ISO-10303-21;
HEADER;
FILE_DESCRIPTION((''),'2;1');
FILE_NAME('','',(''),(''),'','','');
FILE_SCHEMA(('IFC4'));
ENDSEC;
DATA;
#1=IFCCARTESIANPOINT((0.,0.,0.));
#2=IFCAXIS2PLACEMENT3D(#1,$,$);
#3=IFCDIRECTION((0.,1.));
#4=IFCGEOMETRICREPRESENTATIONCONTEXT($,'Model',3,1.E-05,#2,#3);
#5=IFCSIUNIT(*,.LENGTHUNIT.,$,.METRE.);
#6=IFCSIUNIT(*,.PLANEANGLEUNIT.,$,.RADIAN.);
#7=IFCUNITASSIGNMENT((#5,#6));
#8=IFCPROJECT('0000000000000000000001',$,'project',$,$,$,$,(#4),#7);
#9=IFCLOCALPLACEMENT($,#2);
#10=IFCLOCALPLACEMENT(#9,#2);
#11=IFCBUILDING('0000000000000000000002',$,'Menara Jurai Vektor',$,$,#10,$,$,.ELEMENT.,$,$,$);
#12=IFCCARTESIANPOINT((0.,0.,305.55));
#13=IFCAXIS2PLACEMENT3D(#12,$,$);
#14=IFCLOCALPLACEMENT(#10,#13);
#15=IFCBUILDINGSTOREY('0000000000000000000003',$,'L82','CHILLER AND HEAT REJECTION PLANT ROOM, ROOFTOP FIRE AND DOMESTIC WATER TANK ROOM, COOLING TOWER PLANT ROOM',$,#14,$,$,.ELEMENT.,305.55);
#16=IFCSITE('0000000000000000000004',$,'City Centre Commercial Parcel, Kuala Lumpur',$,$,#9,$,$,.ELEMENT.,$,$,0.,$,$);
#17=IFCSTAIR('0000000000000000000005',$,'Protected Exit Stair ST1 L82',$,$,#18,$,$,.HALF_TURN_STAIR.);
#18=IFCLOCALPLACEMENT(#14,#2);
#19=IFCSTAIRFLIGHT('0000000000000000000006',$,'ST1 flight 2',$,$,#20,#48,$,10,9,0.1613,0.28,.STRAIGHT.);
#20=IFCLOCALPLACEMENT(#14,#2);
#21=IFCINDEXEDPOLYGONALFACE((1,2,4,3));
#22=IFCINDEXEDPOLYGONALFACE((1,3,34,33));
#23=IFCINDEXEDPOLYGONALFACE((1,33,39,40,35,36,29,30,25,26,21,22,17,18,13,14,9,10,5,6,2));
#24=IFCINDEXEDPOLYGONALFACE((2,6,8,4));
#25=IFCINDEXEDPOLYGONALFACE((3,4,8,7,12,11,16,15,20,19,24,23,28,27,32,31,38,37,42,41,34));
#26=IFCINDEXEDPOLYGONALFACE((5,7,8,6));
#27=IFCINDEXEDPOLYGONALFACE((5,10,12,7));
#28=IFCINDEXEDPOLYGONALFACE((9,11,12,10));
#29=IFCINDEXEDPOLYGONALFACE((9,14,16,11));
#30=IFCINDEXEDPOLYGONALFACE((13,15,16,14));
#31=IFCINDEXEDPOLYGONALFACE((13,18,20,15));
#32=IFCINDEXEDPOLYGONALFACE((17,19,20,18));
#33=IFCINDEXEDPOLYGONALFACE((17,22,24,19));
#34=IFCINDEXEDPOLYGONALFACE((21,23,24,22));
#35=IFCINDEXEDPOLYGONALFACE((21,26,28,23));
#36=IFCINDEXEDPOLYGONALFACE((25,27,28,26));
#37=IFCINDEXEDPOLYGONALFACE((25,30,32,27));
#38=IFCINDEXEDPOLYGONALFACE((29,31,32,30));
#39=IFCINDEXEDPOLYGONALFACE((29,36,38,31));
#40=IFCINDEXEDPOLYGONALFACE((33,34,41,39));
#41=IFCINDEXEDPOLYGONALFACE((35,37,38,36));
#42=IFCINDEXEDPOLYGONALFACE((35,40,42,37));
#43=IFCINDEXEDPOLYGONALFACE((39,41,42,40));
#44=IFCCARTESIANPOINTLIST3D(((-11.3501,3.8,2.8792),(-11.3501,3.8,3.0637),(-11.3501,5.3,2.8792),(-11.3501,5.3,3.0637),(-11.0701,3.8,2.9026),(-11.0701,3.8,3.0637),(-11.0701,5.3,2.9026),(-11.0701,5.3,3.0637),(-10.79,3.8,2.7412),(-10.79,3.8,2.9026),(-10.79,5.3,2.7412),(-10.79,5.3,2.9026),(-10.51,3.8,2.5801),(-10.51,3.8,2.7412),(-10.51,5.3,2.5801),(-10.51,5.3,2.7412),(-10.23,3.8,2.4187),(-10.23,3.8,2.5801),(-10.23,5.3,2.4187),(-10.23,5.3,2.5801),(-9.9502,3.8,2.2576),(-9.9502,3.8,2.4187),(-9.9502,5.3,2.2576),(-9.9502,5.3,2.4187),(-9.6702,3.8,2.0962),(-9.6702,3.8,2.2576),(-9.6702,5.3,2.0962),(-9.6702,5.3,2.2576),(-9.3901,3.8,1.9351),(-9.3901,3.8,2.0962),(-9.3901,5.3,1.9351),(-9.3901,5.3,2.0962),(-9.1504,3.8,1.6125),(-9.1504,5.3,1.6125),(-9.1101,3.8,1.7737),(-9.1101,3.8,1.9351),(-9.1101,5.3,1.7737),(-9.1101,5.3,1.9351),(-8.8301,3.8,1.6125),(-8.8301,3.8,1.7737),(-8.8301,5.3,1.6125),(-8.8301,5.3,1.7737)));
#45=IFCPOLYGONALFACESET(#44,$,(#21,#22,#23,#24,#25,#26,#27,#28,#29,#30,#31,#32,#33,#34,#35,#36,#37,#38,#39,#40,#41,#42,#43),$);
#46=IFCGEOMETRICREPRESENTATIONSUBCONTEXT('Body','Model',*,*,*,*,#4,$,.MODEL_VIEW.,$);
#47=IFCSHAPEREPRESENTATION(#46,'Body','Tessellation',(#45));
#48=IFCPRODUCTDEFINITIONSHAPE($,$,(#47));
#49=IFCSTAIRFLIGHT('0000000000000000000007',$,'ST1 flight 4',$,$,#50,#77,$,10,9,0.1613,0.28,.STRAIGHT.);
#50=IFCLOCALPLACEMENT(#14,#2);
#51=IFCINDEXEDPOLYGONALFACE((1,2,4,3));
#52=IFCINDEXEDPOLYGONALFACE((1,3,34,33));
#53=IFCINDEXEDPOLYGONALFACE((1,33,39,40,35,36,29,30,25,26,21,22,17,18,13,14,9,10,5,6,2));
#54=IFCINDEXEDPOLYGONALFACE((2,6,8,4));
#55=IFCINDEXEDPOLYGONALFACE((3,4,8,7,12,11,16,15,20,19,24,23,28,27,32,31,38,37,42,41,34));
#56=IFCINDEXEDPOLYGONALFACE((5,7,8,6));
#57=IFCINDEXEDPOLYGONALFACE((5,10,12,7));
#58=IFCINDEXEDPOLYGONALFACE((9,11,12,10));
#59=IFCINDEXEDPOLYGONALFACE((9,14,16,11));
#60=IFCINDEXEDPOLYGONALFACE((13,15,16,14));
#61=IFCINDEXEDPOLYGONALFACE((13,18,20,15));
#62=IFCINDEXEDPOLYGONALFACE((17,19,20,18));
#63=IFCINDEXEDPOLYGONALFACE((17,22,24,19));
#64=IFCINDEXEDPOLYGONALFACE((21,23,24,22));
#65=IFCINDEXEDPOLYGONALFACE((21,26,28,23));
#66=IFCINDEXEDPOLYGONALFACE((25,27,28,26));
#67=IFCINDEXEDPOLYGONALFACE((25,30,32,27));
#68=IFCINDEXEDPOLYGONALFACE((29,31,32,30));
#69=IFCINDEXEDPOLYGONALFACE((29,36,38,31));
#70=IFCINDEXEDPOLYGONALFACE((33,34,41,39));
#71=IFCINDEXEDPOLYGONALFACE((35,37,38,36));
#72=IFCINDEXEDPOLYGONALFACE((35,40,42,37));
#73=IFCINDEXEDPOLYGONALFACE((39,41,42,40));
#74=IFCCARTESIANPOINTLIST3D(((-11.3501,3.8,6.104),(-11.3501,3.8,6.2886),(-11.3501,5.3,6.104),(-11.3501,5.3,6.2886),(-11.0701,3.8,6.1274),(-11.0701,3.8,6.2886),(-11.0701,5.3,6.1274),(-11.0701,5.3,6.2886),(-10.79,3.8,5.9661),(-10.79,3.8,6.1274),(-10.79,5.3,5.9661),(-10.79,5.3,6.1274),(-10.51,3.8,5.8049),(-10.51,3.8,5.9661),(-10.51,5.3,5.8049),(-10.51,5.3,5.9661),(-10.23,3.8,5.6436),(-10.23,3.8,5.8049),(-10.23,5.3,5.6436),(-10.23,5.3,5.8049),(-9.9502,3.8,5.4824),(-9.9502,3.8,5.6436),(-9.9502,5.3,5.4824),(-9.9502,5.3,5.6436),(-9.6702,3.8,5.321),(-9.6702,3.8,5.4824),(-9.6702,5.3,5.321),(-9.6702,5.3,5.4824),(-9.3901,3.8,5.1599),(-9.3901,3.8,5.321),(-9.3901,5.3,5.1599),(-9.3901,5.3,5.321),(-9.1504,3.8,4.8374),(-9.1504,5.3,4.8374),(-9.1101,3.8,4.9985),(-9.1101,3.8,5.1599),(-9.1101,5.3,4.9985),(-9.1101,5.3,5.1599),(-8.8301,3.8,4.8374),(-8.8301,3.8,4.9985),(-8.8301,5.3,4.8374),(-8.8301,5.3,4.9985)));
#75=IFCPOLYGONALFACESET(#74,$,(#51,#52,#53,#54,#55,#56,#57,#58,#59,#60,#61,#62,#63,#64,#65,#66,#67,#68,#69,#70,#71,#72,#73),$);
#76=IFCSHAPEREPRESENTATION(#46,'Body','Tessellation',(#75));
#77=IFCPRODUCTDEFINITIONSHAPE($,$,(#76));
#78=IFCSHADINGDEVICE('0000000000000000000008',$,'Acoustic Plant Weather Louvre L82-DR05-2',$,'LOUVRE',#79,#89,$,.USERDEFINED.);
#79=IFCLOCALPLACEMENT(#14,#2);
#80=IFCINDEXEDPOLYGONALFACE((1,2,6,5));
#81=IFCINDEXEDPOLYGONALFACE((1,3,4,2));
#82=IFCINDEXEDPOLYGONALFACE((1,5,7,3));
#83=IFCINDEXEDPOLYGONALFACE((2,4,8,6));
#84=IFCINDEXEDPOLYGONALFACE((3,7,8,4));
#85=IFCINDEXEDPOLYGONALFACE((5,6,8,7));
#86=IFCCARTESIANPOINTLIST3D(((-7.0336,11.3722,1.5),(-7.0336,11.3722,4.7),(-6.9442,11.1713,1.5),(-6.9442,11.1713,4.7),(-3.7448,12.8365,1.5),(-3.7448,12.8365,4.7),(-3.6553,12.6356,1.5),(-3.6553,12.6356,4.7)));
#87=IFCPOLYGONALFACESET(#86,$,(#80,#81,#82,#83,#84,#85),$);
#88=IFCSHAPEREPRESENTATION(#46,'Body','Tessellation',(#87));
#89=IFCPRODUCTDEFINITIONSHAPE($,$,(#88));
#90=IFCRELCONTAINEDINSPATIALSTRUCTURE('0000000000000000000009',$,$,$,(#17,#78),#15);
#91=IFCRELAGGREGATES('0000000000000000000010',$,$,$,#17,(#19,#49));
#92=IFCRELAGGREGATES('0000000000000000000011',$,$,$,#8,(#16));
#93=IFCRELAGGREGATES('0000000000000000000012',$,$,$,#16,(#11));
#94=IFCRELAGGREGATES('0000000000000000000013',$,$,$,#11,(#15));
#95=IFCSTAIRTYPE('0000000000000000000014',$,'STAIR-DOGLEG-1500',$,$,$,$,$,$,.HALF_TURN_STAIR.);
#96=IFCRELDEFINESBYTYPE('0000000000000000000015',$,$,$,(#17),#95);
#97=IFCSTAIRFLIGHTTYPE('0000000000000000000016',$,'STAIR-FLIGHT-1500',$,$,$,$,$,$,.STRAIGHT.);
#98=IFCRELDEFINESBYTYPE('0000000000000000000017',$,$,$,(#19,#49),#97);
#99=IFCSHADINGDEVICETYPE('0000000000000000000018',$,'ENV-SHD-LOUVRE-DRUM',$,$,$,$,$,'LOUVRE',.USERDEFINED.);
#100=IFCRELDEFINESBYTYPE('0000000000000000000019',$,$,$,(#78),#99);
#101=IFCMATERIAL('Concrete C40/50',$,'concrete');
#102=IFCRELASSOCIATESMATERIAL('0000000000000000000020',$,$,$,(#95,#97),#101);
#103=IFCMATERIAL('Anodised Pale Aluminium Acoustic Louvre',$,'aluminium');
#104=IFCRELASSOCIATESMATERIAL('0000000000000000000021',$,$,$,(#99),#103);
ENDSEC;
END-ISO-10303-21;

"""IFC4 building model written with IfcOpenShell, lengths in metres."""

from ifc_helpers import new_model, si_unit, direction, frame, origin, origin_2d, place, context, subcontext, project, spatial, polyline, rectangle, outline, extrude, material, type_object, element, aggregate, save


model = new_model("IFC4")

# Units and contexts
model_context = context("Model", 3, precision=1e-05, world=origin(), true_north=direction((0.0, 1.0)))
body_context = subcontext(model_context, "Body", "Model", "MODEL_VIEW")
ifc_project = project(units=[si_unit("LENGTHUNIT", "METRE"), si_unit("PLANEANGLEUNIT", "RADIAN")], contexts=[model_context])

# Site, building, storey
site_placement = place(None, origin())
site = spatial("IfcSite", under=ifc_project, at=site_placement, Name="City Centre Commercial Parcel, Kuala Lumpur", CompositionType="ELEMENT", RefElevation=0.0)
building_placement = place(site_placement, origin())
building = spatial("IfcBuilding", under=site, at=building_placement, Name="Menara Jurai Vektor", CompositionType="ELEMENT")
storey_placement = place(building_placement, frame((0.0, 0.0, 305.55)))
storey = spatial("IfcBuildingStorey", under=building, at=storey_placement, Name="L82", Description="CHILLER AND HEAT REJECTION PLANT ROOM, ROOFTOP FIRE AND DOMESTIC WATER TANK ROOM, COOLING TOWER PLANT ROOM", CompositionType="ELEMENT", Elevation=305.55)

# Shared definitions
ifc_material_1 = material(Name="Concrete C40/50", Category="concrete")

# Stair, stair flights
stair_type = type_object("IfcStairType", Name="STAIR-DOGLEG-1500", PredefinedType="HALF_TURN_STAIR", material=ifc_material_1)
stair_placement = place(storey_placement, origin())
stair = element("IfcStair", 1, at=stair_placement, inside=storey, type_object=stair_type, Name="Protected Exit Stair ST1 L82", PredefinedType="HALF_TURN_STAIR")
stair_flight_type = type_object("IfcStairFlightType", Name="STAIR-FLIGHT-1500", PredefinedType="STRAIGHT", material=ifc_material_1)
stair_flight_1_placement = place(storey_placement, frame((-8.8301, 4.55, 1.6125), z_axis=(0.0, 0.0, 1.0), x_axis=(-1.0, 0.0, 0.0)))
stair_flight_1 = element("IfcStairFlight", 2, at=stair_flight_1_placement, type_object=stair_flight_type, Name="ST1 flight 2", NumberOfRisers=10, NumberOfTreads=9, PredefinedType="STRAIGHT", RiserHeight=0.1613, TreadLength=0.28, context=body_context, shape_type="SweptSolid", body=[
    extrude(outline(polyline([(0.0, 0.0), (0.0, 0.1611), (0.28, 0.1611), (0.28, 0.3225), (0.5601, 0.3225), (0.5601, 0.4836), (0.8401, 0.4836), (0.8401, 0.645), (1.1201, 0.645), (1.1201, 0.8062), (1.3999, 0.8062), (1.3999, 0.9675), (1.6799, 0.9675), (1.6799, 1.1287), (1.96, 1.1287), (1.96, 1.29), (2.24, 1.29), (2.24, 1.4512), (2.52, 1.4512), (2.52, 1.6125), (2.52, 1.2666), (0.3203, 0.0), (0.0, 0.0)])), frame((0.0, 0.75, 0.0), z_axis=(0.0, -1.0, 0.0), x_axis=(1.0, 0.0, 0.0)), (0.0, 0.0, 1.0), 1.5),
])
stair_flight_2_placement = place(storey_placement, frame((-8.8301, 4.55, 4.8374), z_axis=(0.0, 0.0, 1.0), x_axis=(-1.0, 0.0, 0.0)))
stair_flight_2 = element("IfcStairFlight", 3, at=stair_flight_2_placement, type_object=stair_flight_type, Name="ST1 flight 4", NumberOfRisers=10, NumberOfTreads=9, PredefinedType="STRAIGHT", RiserHeight=0.1613, TreadLength=0.28, context=body_context, shape_type="SweptSolid", body=[
    extrude(outline(polyline([(0.0, 0.0), (0.0, 0.1611), (0.28, 0.1611), (0.28, 0.3225), (0.5601, 0.3225), (0.5601, 0.4836), (0.8401, 0.4836), (0.8401, 0.645), (1.1201, 0.645), (1.1201, 0.8062), (1.3999, 0.8062), (1.3999, 0.9675), (1.6799, 0.9675), (1.6799, 1.1287), (1.96, 1.1287), (1.96, 1.29), (2.24, 1.29), (2.24, 1.4512), (2.52, 1.4512), (2.52, 1.6125), (2.52, 1.2666), (0.3203, 0.0), (0.0, 0.0)])), frame((0.0, 0.75, 0.0), z_axis=(0.0, -1.0, 0.0), x_axis=(1.0, 0.0, 0.0)), (0.0, 0.0, 1.0), 1.5),
])
aggregate(stair, [stair_flight_1, stair_flight_2])

# Shading device
ifc_material_2 = material(Name="Anodised Pale Aluminium Acoustic Louvre", Category="aluminium")
shading_device_type = type_object("IfcShadingDeviceType", Name="ENV-SHD-LOUVRE-DRUM", ElementType="LOUVRE", PredefinedType="USERDEFINED", material=ifc_material_2)
shading_device_placement = place(storey_placement, frame((-5.3445, 12.0039, 1.5), z_axis=(0.0, 0.0, 1.0), x_axis=(-0.913545, -0.406737, 0.0)))
element("IfcShadingDevice", 4, at=shading_device_placement, inside=storey, type_object=shading_device_type, Name="Acoustic Plant Weather Louvre L82-DR05-2", ObjectType="LOUVRE", PredefinedType="USERDEFINED", context=body_context, shape_type="SweptSolid", body=[
    extrude(rectangle(XDim=3.6001, YDim=0.22, at=origin_2d()), origin(), (0.0, 0.0, 1.0), 3.2),
])

save(model, "model.ifc")
